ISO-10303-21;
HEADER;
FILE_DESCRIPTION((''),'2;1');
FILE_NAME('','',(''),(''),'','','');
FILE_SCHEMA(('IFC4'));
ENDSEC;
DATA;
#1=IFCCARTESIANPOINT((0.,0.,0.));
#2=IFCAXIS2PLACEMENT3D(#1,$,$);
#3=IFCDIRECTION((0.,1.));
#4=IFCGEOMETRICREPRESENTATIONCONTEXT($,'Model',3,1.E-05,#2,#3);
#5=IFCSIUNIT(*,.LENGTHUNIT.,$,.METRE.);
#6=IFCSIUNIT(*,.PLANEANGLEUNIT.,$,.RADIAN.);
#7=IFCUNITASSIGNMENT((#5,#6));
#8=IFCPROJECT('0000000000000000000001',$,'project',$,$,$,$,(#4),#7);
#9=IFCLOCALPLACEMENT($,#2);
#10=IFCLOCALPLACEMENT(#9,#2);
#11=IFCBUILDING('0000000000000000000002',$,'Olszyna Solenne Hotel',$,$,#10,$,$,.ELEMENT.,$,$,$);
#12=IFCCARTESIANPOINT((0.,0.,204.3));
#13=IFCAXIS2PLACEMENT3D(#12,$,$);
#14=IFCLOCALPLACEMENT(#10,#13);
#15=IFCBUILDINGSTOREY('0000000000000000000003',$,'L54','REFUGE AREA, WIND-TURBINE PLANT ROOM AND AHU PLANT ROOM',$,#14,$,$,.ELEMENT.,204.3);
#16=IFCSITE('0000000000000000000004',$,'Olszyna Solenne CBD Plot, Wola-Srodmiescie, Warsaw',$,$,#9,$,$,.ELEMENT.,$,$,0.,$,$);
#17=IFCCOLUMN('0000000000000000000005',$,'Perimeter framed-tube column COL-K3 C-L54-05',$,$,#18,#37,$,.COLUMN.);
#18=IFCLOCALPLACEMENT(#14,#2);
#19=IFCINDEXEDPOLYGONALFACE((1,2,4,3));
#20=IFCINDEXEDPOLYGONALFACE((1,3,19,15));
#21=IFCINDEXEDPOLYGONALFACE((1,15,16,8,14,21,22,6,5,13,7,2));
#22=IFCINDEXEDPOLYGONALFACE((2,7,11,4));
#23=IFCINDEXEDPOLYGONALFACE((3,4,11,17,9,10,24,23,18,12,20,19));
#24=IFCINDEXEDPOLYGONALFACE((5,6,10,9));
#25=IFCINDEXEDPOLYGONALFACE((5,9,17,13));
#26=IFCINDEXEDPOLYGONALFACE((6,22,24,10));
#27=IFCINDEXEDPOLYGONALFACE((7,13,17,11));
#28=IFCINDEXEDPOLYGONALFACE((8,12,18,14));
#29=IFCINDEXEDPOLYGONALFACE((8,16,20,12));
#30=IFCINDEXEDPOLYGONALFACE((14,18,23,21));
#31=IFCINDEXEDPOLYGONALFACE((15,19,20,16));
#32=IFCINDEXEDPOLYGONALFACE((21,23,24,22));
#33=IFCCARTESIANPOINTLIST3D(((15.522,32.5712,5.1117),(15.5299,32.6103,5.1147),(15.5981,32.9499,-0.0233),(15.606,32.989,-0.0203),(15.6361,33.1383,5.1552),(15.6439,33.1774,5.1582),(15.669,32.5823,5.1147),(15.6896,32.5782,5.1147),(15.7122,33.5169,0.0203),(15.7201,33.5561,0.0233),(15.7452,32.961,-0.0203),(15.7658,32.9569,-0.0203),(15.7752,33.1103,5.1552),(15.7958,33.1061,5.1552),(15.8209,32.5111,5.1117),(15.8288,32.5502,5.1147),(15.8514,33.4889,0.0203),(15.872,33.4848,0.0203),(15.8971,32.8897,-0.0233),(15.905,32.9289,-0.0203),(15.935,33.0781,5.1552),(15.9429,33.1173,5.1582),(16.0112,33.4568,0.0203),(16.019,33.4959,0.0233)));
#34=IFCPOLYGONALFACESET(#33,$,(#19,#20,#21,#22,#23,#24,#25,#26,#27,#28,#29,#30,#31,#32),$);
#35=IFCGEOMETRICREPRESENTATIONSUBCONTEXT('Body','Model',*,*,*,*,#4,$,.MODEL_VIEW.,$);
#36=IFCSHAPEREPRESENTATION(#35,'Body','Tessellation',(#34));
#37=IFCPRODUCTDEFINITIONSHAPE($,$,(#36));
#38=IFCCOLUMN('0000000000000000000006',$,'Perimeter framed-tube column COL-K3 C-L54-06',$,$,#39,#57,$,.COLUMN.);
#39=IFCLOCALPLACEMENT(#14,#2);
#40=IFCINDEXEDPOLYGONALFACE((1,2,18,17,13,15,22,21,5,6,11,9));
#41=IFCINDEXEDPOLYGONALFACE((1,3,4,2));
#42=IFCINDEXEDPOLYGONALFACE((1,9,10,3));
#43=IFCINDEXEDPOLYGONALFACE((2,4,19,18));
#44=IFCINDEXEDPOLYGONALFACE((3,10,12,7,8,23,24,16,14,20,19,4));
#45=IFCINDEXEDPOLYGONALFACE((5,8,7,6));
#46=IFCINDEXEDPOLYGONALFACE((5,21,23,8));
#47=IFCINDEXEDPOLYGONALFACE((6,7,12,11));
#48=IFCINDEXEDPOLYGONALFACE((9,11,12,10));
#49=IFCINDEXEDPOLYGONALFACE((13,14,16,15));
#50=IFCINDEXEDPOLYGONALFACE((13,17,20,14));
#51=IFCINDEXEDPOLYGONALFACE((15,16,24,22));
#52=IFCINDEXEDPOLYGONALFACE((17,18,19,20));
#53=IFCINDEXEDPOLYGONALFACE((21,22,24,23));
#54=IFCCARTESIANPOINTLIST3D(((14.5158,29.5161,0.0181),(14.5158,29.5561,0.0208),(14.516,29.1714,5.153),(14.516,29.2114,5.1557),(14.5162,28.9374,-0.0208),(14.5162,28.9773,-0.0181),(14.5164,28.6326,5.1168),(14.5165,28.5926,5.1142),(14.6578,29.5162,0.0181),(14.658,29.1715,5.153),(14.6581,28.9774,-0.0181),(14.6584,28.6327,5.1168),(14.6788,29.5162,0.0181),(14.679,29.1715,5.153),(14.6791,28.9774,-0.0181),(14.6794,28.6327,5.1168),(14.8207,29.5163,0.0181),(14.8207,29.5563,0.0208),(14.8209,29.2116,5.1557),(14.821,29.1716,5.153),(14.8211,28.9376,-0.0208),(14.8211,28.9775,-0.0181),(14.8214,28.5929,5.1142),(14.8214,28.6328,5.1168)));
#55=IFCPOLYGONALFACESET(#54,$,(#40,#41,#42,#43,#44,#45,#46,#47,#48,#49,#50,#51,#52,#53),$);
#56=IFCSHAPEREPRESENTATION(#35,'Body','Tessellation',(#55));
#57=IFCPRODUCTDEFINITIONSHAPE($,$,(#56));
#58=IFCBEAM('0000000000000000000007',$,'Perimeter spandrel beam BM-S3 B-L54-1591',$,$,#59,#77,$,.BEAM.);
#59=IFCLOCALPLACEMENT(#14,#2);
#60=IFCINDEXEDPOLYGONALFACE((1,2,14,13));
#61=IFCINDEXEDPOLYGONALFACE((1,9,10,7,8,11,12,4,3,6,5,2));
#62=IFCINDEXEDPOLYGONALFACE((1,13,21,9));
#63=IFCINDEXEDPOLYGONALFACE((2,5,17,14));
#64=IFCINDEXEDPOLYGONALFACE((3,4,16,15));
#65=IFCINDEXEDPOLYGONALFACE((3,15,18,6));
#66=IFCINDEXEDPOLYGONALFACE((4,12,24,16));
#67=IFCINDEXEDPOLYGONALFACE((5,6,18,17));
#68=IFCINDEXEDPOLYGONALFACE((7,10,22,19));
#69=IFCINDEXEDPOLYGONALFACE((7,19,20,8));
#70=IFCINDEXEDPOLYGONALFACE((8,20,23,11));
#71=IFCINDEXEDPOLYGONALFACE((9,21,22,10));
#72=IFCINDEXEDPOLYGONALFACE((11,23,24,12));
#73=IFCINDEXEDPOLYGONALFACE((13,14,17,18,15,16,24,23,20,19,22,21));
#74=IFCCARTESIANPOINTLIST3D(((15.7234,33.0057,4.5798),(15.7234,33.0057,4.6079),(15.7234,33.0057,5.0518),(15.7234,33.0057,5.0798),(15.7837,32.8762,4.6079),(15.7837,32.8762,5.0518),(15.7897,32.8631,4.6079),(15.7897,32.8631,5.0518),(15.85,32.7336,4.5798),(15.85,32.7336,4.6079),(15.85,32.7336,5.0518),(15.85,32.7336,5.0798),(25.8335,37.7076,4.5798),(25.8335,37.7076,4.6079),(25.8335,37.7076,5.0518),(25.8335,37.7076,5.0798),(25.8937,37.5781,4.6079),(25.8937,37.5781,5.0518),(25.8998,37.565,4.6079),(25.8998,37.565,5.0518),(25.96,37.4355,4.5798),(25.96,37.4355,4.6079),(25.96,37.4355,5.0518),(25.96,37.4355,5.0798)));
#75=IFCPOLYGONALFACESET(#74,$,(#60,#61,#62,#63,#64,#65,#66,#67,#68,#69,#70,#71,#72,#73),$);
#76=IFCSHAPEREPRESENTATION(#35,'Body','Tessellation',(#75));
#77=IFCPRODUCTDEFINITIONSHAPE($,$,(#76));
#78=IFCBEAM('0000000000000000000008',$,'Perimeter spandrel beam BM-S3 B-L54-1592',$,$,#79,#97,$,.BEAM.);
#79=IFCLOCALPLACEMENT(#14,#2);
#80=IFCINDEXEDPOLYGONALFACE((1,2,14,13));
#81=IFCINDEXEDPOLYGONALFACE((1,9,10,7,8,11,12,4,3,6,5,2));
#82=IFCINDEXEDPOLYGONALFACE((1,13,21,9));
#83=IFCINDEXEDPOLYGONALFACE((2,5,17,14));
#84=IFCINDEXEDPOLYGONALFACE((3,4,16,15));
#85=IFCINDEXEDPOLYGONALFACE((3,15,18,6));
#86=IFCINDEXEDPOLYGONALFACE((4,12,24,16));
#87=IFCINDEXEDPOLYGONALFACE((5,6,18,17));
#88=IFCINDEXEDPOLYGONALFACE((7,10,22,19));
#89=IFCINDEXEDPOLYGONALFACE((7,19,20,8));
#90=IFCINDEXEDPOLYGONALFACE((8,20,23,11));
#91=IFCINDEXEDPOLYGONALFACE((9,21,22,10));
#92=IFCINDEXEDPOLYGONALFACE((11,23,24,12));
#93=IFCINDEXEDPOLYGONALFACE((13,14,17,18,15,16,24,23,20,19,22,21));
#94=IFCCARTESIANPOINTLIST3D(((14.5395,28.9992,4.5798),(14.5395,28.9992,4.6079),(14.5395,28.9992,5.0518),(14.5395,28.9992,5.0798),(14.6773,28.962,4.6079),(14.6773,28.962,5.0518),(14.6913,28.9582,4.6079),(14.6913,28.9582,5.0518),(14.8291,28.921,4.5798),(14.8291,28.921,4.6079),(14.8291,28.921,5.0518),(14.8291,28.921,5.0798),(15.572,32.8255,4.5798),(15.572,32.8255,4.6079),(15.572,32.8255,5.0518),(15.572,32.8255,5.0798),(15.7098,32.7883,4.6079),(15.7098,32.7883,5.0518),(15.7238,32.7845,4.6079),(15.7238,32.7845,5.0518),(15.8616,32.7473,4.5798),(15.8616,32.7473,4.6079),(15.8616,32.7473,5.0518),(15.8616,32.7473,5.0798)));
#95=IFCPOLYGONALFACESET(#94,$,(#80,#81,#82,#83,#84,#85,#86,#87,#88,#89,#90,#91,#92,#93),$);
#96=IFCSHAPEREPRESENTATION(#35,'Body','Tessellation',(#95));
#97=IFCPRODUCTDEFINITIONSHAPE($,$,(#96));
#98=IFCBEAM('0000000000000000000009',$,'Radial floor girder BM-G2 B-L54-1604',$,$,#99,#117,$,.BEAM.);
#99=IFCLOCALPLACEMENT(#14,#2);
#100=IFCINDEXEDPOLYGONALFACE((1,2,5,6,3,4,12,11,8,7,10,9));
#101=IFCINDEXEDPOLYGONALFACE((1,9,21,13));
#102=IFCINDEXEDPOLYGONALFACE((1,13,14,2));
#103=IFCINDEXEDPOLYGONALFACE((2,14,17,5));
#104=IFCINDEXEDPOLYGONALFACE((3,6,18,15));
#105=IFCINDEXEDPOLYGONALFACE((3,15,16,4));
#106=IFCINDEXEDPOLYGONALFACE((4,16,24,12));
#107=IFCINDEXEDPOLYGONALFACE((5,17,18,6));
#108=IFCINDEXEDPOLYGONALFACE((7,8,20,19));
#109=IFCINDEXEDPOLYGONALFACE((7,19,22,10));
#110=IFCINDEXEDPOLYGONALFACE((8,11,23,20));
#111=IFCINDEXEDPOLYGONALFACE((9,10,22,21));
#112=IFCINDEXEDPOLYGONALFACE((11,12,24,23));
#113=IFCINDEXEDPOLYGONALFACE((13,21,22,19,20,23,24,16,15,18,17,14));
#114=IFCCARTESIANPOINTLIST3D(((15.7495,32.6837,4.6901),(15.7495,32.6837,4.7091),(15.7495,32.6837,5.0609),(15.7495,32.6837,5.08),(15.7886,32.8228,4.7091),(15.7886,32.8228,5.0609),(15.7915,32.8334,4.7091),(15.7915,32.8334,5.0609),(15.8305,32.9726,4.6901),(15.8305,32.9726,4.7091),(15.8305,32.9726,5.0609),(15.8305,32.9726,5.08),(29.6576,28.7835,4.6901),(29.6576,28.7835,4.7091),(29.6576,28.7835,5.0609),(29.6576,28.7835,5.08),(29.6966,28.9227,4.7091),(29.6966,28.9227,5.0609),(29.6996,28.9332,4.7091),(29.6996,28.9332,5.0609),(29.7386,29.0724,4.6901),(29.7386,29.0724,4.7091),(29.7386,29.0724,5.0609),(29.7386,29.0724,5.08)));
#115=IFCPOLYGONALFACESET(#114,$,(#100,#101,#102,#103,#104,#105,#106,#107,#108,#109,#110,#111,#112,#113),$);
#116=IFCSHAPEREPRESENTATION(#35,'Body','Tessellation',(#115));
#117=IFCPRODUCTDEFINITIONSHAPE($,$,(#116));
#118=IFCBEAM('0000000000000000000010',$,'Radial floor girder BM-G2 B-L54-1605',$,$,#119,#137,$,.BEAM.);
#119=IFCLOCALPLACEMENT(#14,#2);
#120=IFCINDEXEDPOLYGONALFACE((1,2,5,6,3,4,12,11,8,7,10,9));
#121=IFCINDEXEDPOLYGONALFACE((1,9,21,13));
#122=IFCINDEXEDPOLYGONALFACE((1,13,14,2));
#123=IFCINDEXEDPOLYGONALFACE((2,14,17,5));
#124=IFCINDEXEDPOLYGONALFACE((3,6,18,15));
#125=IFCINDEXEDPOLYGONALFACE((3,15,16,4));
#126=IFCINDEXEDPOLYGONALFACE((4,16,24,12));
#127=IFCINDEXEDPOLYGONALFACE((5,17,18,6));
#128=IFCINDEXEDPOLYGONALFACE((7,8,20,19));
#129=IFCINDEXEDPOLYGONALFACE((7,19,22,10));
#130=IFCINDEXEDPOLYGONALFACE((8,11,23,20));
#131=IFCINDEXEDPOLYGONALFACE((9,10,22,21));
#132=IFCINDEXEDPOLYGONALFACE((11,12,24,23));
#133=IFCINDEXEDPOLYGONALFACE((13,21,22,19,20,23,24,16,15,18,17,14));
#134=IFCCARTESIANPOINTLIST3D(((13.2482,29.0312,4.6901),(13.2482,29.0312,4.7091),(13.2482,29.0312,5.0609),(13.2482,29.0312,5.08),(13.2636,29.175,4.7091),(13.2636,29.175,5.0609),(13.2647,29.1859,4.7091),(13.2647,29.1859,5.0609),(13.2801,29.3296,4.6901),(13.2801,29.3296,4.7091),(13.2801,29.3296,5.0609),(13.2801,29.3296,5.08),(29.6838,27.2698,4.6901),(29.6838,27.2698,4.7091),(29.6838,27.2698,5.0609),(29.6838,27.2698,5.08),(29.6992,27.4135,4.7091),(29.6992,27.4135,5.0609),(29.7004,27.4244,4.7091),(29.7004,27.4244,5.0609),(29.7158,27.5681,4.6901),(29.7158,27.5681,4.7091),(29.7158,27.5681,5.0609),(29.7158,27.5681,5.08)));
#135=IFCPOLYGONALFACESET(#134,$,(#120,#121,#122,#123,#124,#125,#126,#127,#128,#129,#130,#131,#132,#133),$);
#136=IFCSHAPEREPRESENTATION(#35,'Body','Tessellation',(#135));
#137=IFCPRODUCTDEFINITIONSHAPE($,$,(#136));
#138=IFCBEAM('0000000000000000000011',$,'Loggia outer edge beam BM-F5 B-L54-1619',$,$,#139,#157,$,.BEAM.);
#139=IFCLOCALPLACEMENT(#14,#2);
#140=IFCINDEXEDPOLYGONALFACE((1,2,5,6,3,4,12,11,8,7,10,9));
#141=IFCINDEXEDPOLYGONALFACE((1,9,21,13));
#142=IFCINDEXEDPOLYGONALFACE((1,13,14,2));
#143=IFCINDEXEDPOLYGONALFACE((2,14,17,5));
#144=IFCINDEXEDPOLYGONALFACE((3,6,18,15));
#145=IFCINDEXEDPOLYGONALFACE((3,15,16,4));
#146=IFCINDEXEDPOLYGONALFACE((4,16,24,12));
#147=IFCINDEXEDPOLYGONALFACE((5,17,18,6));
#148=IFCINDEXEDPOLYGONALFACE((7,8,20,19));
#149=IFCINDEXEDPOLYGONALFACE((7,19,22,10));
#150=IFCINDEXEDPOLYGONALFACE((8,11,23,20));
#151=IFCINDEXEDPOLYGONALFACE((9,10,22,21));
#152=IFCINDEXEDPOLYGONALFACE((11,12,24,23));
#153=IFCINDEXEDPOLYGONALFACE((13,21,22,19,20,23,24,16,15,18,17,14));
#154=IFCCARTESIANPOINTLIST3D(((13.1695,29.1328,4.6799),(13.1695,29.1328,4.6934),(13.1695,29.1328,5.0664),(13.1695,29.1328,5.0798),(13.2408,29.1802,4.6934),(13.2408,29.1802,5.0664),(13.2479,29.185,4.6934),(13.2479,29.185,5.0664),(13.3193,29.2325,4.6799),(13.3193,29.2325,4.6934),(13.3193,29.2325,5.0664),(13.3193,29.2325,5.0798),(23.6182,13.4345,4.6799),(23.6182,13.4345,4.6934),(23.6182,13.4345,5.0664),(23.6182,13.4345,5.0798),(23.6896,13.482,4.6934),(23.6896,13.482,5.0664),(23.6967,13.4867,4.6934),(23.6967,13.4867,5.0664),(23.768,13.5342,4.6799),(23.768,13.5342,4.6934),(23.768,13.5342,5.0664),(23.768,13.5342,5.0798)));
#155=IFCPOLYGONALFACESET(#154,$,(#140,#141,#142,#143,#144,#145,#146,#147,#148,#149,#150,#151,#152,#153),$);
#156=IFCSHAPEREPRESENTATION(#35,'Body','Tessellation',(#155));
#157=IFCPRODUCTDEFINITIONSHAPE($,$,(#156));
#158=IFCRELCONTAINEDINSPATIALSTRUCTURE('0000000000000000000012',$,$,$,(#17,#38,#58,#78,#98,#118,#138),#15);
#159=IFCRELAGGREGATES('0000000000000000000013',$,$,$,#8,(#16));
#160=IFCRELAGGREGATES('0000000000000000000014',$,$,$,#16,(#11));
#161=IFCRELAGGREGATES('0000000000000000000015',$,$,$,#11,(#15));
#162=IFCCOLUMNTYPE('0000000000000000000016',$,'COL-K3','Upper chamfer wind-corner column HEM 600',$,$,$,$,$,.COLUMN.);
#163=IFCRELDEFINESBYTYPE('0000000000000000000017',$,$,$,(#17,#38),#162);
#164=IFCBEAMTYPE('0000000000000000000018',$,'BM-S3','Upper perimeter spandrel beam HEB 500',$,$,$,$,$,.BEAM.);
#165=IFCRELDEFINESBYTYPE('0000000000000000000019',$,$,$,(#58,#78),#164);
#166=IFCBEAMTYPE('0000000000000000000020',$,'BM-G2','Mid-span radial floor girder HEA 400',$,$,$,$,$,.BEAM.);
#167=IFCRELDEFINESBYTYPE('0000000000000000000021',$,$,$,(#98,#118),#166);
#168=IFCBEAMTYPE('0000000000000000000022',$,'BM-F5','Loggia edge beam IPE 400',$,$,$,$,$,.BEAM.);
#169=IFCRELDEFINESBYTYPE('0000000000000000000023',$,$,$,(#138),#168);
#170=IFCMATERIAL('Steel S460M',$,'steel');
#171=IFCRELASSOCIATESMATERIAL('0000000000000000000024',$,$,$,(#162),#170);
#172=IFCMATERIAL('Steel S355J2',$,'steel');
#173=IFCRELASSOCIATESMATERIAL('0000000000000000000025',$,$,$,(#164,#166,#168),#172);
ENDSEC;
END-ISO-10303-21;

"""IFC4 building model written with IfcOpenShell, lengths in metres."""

from ifc_helpers import new_model, si_unit, direction, frame, origin, origin_2d, place, context, subcontext, project, spatial, i_section, extrude, source, transform, mapped, material, material_profile, profile_set, type_object, element, save


model = new_model("IFC4")

# Units and contexts
model_context = context("Model", 3, precision=1e-05, world=origin(), true_north=direction((0.0, 1.0)))
body_context = subcontext(model_context, "Body", "Model", "MODEL_VIEW")
ifc_project = project(units=[si_unit("LENGTHUNIT", "METRE"), si_unit("PLANEANGLEUNIT", "RADIAN")], contexts=[model_context])

# Site, building, storey
site_placement = place(None, origin())
site = spatial("IfcSite", under=ifc_project, at=site_placement, Name="Olszyna Solenne CBD Plot, Wola-Srodmiescie, Warsaw", CompositionType="ELEMENT", RefElevation=0.0)
building_placement = place(site_placement, origin())
building = spatial("IfcBuilding", under=site, at=building_placement, Name="Olszyna Solenne Hotel", CompositionType="ELEMENT")
storey_placement = place(building_placement, frame((0.0, 0.0, 204.3)))
storey = spatial("IfcBuildingStorey", under=building, at=storey_placement, Name="L54", Description="REFUGE AREA, WIND-TURBINE PLANT ROOM AND AHU PLANT ROOM", CompositionType="ELEMENT", Elevation=204.3)

# Columns
ifc_material_1 = material(Name="Steel S460M", Category="steel")
ifc_material_profile_1 = material_profile(ifc_material_1, i_section(OverallWidth=0.3049, OverallDepth=0.6201, WebThickness=0.021, FlangeThickness=0.04, at=origin_2d()), Name="HEM 600", Category="load-bearing")
ifc_profile_set_1 = profile_set([ifc_material_profile_1], Name="Steel S460M")
column_type = type_object("IfcColumnType", Name="COL-K3", Description="Upper chamfer wind-corner column HEM 600", PredefinedType="COLUMN", material=ifc_profile_set_1)
shared_shape_1 = source(origin(), body_context, "Body", "SweptSolid", [
    extrude(i_section(OverallWidth=0.3049, OverallDepth=0.6201, WebThickness=0.021, FlangeThickness=0.04, at=origin_2d()), origin(), (0.0, 0.0, 1.0), 5.1494),
])
column_1_placement = place(storey_placement, frame((15.8086, 33.2229, 0.0), z_axis=(-0.014792, -0.073534, 0.997183), x_axis=(0.980361, -0.19721, 0.0)))
element("IfcColumn", 1, at=column_1_placement, inside=storey, type_object=column_type, Name="Perimeter framed-tube column COL-K3 C-L54-05", PredefinedType="COLUMN", context=body_context, shape_type="MappedRepresentation", body=[
    mapped(shared_shape_1, transform((0.0, 0.0, 0.0), x_axis=(1.0, 0.0, 0.0), y_axis=(0.0, 1.0, 0.0), z_axis=(0.0, 0.0, 1.0), scale=1.0)),
])
shared_shape_2 = source(origin(), body_context, "Body", "SweptSolid", [
    extrude(i_section(OverallWidth=0.3049, OverallDepth=0.6201, WebThickness=0.021, FlangeThickness=0.04, at=origin_2d()), origin(), (0.0, 0.0, 1.0), 5.1465),
])
column_2_placement = place(storey_placement, frame((14.6685, 29.2468, 0.0), z_axis=(0.000047, -0.066982, 0.997754), x_axis=(1.0, 0.000708, 0.0)))
element("IfcColumn", 2, at=column_2_placement, inside=storey, type_object=column_type, Name="Perimeter framed-tube column COL-K3 C-L54-06", PredefinedType="COLUMN", context=body_context, shape_type="MappedRepresentation", body=[
    mapped(shared_shape_2, transform((0.0, 0.0, 0.0), x_axis=(1.0, 0.0, 0.0), y_axis=(0.0, 1.0, 0.0), z_axis=(0.0, 0.0, 1.0), scale=1.0)),
])

# Beams
ifc_material_2 = material(Name="Steel S355J2", Category="steel")
ifc_material_profile_2 = material_profile(ifc_material_2, i_section(OverallWidth=0.3, OverallDepth=0.5, WebThickness=0.0144, FlangeThickness=0.0281, at=origin_2d()), Name="HEB 500", Category="load-bearing")
ifc_profile_set_2 = profile_set([ifc_material_profile_2], Name="Steel S355J2")
beam_type_1 = type_object("IfcBeamType", Name="BM-S3", Description="Upper perimeter spandrel beam HEB 500", PredefinedType="BEAM", material=ifc_profile_set_2)
shared_shape_3 = source(origin(), body_context, "Body", "SweptSolid", [
    extrude(i_section(OverallWidth=0.3, OverallDepth=0.5, WebThickness=0.0144, FlangeThickness=0.0281, at=origin_2d()), origin(), (0.0, 0.0, 1.0), 11.1499),
])
beam_1_placement = place(storey_placement, frame((25.8967, 37.5715, 4.8298), z_axis=(-0.906737, -0.421696, 0.0), x_axis=(0.421696, -0.906737, 0.0)))
element("IfcBeam", 3, at=beam_1_placement, inside=storey, type_object=beam_type_1, Name="Perimeter spandrel beam BM-S3 B-L54-1591", PredefinedType="BEAM", context=body_context, shape_type="MappedRepresentation", body=[
    mapped(shared_shape_3, transform((0.0, 0.0, 0.0), x_axis=(1.0, 0.0, 0.0), y_axis=(0.0, 1.0, 0.0), z_axis=(0.0, 0.0, 1.0), scale=1.0)),
])
shared_shape_4 = source(origin(), body_context, "Body", "SweptSolid", [
    extrude(i_section(OverallWidth=0.3, OverallDepth=0.5, WebThickness=0.0144, FlangeThickness=0.0281, at=origin_2d()), origin(), (0.0, 0.0, 1.0), 3.9631),
])
beam_2_placement = place(storey_placement, frame((15.7168, 32.7864, 4.8298), z_axis=(-0.260526, -0.965467, 0.0), x_axis=(0.965467, -0.260526, 0.0)))
element("IfcBeam", 4, at=beam_2_placement, inside=storey, type_object=beam_type_1, Name="Perimeter spandrel beam BM-S3 B-L54-1592", PredefinedType="BEAM", context=body_context, shape_type="MappedRepresentation", body=[
    mapped(shared_shape_4, transform((0.0, 0.0, 0.0), x_axis=(1.0, 0.0, 0.0), y_axis=(0.0, 1.0, 0.0), z_axis=(0.0, 0.0, 1.0), scale=1.0)),
])
ifc_material_profile_3 = material_profile(ifc_material_2, i_section(OverallWidth=0.3, OverallDepth=0.3899, WebThickness=0.011, FlangeThickness=0.019, at=origin_2d()), Name="HEA 400", Category="load-bearing")
ifc_profile_set_3 = profile_set([ifc_material_profile_3], Name="Steel S355J2")
beam_type_2 = type_object("IfcBeamType", Name="BM-G2", Description="Mid-span radial floor girder HEA 400", PredefinedType="BEAM", material=ifc_profile_set_3)
shared_shape_5 = source(origin(), body_context, "Body", "SweptSolid", [
    extrude(i_section(OverallWidth=0.3, OverallDepth=0.3899, WebThickness=0.011, FlangeThickness=0.019, at=origin_2d()), origin(), (0.0, 0.0, 1.0), 14.4446),
])
beam_3_placement = place(storey_placement, frame((15.79, 32.8281, 4.885), z_axis=(0.962858, -0.27001, 0.0), x_axis=(0.27001, 0.962858, 0.0)))
element("IfcBeam", 5, at=beam_3_placement, inside=storey, type_object=beam_type_2, Name="Radial floor girder BM-G2 B-L54-1604", PredefinedType="BEAM", context=body_context, shape_type="MappedRepresentation", body=[
    mapped(shared_shape_5, transform((0.0, 0.0, 0.0), x_axis=(1.0, 0.0, 0.0), y_axis=(0.0, 1.0, 0.0), z_axis=(0.0, 0.0, 1.0), scale=1.0)),
])
shared_shape_6 = source(origin(), body_context, "Body", "SweptSolid", [
    extrude(i_section(OverallWidth=0.3, OverallDepth=0.3899, WebThickness=0.011, FlangeThickness=0.019, at=origin_2d()), origin(), (0.0, 0.0, 1.0), 16.5298),
])
beam_4_placement = place(storey_placement, frame((13.2642, 29.1804, 4.885), z_axis=(0.994306, -0.106564, 0.0), x_axis=(0.106564, 0.994306, 0.0)))
element("IfcBeam", 6, at=beam_4_placement, inside=storey, type_object=beam_type_2, Name="Radial floor girder BM-G2 B-L54-1605", PredefinedType="BEAM", context=body_context, shape_type="MappedRepresentation", body=[
    mapped(shared_shape_6, transform((0.0, 0.0, 0.0), x_axis=(1.0, 0.0, 0.0), y_axis=(0.0, 1.0, 0.0), z_axis=(0.0, 0.0, 1.0), scale=1.0)),
])
ifc_material_profile_4 = material_profile(ifc_material_2, i_section(OverallWidth=0.1799, OverallDepth=0.3999, WebThickness=0.0085, FlangeThickness=0.0134, at=origin_2d()), Name="IPE 400", Category="load-bearing")
ifc_profile_set_4 = profile_set([ifc_material_profile_4], Name="Steel S355J2")
beam_type_3 = type_object("IfcBeamType", Name="BM-F5", Description="Loggia edge beam IPE 400", PredefinedType="BEAM", material=ifc_profile_set_4)
shared_shape_7 = source(origin(), body_context, "Body", "SweptSolid", [
    extrude(i_section(OverallWidth=0.1799, OverallDepth=0.3999, WebThickness=0.0085, FlangeThickness=0.0134, at=origin_2d()), origin(), (0.0, 0.0, 1.0), 18.8577),
])
beam_5_placement = place(storey_placement, frame((13.2444, 29.1826, 4.8799), z_axis=(0.554085, -0.83246, 0.0), x_axis=(0.83246, 0.554085, 0.0)))
element("IfcBeam", 7, at=beam_5_placement, inside=storey, type_object=beam_type_3, Name="Loggia outer edge beam BM-F5 B-L54-1619", PredefinedType="BEAM", context=body_context, shape_type="MappedRepresentation", body=[
    mapped(shared_shape_7, transform((0.0, 0.0, 0.0), x_axis=(1.0, 0.0, 0.0), y_axis=(0.0, 1.0, 0.0), z_axis=(0.0, 0.0, 1.0), scale=1.0)),
])

save(model, "model.ifc")
